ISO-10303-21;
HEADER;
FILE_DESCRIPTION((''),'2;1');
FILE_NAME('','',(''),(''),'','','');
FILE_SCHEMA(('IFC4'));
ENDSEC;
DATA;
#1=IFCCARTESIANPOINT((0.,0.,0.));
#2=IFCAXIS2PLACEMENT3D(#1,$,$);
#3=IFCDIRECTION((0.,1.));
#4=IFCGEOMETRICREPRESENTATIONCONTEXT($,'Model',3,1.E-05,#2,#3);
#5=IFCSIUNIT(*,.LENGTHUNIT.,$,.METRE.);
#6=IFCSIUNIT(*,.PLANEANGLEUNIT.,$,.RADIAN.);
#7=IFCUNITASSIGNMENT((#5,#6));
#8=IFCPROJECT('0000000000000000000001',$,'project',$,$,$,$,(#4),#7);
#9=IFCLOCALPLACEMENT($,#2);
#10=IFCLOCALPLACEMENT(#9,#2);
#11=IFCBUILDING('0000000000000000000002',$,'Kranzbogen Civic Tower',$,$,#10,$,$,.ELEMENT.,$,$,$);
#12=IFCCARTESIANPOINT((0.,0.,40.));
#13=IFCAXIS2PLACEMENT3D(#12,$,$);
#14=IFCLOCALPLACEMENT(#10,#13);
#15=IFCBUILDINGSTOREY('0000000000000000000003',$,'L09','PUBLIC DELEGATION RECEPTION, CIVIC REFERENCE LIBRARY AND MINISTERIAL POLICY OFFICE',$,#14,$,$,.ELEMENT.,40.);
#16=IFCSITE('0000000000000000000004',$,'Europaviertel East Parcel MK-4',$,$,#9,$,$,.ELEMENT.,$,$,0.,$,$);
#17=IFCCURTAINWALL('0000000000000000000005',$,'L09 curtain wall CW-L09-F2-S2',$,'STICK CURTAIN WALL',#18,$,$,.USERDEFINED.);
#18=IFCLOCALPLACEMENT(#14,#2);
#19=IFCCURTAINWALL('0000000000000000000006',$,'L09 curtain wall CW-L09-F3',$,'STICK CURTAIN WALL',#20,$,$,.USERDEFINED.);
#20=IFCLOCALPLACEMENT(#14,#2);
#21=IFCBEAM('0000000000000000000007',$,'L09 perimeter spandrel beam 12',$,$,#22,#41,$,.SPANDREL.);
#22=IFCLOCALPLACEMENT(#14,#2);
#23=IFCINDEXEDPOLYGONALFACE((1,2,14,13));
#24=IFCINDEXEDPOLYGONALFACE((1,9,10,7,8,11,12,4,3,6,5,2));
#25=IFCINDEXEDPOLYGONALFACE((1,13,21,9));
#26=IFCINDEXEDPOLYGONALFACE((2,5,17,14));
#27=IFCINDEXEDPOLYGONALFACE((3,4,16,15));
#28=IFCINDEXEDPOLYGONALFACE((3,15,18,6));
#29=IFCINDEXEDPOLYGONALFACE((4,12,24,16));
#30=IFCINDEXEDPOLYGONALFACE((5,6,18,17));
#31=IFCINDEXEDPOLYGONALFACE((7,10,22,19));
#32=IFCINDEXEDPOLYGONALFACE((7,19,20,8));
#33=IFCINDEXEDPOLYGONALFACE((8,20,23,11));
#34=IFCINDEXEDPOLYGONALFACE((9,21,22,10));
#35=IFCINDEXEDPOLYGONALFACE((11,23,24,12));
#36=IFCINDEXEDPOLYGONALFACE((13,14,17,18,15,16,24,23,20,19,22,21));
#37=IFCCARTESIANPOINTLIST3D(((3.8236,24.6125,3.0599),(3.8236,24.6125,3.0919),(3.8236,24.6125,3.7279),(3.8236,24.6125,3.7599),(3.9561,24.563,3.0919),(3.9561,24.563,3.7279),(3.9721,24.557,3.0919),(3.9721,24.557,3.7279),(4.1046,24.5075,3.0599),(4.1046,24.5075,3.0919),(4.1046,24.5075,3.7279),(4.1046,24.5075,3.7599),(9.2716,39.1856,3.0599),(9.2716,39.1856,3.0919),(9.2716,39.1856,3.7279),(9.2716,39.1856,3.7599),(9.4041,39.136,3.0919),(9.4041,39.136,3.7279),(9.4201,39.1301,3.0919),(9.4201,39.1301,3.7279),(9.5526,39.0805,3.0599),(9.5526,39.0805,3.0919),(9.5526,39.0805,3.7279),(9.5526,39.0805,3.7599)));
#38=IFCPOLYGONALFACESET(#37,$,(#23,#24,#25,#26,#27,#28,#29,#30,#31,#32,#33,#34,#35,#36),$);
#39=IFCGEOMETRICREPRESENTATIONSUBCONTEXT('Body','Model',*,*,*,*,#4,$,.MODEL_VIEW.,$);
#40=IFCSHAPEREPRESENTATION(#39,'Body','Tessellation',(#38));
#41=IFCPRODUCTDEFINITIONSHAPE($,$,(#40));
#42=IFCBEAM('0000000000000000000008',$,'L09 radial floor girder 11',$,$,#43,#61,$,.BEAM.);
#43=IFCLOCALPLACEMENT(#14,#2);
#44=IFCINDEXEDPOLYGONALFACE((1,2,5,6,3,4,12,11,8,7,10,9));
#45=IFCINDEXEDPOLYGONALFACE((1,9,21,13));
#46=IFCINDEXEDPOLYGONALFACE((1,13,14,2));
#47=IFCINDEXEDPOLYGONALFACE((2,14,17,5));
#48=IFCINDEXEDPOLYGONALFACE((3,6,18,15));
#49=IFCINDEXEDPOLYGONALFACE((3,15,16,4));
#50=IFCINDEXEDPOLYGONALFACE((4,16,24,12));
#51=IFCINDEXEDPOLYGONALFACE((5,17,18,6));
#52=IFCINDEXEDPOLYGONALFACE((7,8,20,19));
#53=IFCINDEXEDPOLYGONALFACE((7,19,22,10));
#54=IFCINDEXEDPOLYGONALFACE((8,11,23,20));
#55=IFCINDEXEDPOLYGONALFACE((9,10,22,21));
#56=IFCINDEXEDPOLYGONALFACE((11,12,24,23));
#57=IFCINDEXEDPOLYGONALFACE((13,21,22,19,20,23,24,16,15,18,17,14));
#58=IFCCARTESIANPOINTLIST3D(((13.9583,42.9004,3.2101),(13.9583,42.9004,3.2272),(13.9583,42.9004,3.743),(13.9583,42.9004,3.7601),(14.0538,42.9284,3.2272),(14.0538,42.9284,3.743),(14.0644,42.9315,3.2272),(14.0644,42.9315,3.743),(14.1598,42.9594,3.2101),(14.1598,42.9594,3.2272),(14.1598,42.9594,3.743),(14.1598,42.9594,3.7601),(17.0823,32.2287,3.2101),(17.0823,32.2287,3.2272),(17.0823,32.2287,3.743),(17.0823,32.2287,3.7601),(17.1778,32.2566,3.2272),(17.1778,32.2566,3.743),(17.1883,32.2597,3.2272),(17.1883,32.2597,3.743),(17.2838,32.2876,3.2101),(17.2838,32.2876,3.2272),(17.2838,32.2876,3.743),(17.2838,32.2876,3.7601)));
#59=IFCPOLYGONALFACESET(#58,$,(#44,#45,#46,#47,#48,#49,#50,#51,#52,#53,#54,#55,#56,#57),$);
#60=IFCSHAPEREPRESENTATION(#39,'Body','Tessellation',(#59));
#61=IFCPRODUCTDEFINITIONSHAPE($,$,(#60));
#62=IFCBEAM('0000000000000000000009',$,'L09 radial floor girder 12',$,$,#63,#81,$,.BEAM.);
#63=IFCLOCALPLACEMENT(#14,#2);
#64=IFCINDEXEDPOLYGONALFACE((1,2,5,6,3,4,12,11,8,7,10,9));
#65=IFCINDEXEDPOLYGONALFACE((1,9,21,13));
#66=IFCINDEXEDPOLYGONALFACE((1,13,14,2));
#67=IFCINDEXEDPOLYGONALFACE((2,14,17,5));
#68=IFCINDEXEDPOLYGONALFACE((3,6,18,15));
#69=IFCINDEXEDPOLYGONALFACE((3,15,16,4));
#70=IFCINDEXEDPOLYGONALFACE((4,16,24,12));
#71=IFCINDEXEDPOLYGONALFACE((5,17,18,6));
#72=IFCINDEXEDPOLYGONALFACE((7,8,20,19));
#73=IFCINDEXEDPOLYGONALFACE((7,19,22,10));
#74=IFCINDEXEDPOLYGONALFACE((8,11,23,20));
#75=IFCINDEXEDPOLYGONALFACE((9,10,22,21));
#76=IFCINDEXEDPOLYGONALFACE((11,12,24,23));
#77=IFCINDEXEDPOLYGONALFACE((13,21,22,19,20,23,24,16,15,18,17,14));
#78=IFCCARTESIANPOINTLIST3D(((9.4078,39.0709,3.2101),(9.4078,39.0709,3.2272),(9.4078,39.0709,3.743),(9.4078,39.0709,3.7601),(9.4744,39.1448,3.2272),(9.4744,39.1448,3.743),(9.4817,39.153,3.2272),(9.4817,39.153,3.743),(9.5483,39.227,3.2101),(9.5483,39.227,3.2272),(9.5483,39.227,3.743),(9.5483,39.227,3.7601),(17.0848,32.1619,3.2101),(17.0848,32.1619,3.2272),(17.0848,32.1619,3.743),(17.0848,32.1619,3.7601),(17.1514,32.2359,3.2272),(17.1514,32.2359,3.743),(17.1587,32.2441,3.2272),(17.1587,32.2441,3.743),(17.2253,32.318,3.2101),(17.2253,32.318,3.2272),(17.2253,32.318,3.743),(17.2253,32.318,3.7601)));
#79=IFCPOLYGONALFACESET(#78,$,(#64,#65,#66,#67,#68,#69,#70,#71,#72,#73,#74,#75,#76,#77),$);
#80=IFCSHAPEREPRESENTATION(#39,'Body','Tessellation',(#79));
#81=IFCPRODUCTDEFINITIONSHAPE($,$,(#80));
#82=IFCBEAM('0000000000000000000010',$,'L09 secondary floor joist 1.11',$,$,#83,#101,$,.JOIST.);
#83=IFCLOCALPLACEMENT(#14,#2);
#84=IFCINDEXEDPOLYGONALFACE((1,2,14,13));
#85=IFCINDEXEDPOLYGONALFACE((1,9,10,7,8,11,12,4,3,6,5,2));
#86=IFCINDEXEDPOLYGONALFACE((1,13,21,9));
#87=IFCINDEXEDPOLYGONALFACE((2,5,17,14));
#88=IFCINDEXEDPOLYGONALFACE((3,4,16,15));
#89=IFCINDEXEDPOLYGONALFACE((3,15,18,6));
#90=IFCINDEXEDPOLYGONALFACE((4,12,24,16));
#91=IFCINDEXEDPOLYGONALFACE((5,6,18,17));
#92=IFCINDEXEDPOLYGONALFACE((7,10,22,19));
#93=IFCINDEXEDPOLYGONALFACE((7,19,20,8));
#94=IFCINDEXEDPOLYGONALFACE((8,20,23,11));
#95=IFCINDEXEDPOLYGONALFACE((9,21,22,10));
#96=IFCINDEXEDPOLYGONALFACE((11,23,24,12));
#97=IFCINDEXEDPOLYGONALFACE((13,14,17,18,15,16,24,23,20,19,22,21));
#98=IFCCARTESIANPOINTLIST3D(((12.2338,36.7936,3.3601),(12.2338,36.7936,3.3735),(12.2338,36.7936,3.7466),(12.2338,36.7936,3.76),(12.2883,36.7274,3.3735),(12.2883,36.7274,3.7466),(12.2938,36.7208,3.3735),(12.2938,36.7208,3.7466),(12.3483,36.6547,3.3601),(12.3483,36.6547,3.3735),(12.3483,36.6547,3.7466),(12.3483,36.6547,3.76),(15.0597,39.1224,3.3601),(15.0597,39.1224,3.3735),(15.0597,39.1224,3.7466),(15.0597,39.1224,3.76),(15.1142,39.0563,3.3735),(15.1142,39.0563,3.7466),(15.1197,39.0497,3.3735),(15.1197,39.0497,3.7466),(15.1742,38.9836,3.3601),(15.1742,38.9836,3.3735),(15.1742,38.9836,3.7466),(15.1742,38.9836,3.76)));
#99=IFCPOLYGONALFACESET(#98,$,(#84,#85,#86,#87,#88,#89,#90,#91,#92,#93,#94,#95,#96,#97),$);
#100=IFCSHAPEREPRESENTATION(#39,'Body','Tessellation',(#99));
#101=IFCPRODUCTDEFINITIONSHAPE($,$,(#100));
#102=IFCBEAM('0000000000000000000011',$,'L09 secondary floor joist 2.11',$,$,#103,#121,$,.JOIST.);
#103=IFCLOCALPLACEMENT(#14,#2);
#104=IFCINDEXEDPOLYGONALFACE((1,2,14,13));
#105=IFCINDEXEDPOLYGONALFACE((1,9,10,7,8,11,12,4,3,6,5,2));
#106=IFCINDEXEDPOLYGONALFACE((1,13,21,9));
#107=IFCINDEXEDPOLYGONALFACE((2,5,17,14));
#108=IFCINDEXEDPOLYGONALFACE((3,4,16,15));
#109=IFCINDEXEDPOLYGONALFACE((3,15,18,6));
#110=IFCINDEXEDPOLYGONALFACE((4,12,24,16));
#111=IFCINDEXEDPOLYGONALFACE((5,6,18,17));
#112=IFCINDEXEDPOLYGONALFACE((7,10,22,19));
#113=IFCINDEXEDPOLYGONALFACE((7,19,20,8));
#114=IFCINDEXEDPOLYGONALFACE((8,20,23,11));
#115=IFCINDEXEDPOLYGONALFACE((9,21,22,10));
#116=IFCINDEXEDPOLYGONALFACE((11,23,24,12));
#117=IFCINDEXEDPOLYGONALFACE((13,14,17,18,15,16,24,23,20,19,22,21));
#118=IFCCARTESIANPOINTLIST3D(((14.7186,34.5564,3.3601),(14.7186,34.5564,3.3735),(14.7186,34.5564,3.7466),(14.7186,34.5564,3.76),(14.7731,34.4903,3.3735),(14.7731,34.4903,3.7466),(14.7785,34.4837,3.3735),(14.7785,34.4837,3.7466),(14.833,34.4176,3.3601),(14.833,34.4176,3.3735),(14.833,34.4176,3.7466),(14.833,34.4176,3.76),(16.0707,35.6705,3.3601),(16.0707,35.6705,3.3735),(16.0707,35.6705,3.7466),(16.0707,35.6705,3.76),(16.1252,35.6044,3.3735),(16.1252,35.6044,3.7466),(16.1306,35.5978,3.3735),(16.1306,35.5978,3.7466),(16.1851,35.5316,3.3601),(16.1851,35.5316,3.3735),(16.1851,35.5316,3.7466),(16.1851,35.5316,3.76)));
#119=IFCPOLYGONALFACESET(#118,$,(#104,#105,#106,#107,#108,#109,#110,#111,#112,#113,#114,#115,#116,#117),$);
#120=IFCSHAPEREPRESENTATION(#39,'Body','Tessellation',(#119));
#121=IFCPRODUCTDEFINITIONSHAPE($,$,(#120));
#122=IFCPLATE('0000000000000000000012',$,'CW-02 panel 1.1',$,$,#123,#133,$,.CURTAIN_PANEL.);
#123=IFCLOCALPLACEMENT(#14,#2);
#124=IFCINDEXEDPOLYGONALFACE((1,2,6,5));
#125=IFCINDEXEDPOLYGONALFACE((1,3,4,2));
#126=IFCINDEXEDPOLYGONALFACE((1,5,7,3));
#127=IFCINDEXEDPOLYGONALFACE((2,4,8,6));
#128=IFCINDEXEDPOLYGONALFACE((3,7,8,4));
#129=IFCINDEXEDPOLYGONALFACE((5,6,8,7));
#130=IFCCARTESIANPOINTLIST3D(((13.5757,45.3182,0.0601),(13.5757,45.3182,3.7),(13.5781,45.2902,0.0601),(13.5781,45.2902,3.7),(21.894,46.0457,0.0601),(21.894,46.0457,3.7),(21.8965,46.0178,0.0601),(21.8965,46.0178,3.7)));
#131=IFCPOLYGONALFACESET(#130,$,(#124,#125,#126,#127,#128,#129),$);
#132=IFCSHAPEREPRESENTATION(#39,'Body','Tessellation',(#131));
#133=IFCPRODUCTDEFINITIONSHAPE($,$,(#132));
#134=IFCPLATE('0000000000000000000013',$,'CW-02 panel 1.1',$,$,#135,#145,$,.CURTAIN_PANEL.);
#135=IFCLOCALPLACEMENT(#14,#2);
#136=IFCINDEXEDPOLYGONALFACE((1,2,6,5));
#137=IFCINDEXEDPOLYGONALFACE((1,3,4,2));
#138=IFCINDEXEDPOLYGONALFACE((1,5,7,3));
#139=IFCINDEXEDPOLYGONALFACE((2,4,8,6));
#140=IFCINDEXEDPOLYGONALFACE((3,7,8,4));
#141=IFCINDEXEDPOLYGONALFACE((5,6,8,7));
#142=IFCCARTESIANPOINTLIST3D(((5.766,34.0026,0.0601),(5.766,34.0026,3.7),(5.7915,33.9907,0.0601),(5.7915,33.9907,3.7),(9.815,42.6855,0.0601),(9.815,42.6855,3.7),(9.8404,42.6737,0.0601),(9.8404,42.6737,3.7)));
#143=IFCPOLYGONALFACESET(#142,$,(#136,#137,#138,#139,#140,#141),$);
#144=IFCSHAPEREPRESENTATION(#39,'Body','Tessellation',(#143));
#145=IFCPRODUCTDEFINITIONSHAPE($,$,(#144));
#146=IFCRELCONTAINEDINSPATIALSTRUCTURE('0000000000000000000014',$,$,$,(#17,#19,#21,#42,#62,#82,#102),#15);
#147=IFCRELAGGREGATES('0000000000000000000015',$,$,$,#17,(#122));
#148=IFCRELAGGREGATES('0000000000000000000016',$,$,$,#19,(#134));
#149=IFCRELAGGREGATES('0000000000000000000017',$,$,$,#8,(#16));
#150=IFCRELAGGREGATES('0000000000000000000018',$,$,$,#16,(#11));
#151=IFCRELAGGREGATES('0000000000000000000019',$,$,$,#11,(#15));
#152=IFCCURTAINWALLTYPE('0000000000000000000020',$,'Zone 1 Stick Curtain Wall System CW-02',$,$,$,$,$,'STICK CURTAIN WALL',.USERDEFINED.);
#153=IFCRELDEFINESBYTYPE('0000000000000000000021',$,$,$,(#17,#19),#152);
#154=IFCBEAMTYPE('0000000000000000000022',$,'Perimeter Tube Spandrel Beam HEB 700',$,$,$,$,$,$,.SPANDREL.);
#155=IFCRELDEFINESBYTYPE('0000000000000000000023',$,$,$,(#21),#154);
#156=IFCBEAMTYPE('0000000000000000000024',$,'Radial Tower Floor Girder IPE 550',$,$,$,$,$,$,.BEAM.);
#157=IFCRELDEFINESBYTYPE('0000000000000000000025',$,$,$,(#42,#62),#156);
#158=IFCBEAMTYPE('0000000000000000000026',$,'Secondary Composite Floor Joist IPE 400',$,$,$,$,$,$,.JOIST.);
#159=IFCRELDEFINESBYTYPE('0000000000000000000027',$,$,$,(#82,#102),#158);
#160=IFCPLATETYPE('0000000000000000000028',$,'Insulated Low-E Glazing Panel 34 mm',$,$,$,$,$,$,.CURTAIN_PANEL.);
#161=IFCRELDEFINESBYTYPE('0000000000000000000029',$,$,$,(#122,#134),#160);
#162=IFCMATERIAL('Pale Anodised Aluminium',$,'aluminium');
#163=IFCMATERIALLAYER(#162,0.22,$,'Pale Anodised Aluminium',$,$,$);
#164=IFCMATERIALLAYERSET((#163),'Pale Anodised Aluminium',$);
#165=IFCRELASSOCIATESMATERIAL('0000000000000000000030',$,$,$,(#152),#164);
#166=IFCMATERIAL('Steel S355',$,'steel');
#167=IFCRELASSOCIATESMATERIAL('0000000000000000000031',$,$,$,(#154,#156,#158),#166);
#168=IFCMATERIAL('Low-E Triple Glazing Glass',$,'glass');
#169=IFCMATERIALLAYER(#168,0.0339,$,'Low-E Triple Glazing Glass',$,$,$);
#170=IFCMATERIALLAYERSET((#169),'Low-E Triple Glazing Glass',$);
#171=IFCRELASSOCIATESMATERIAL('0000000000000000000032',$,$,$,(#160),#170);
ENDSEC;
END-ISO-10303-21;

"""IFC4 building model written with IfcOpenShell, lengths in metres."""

from ifc_helpers import new_model, si_unit, direction, frame, origin, origin_2d, place, context, subcontext, project, spatial, rectangle, i_section, extrude, material, layer, layer_set, material_profile, profile_set, type_object, element, aggregate, save


model = new_model("IFC4")

# Units and contexts
model_context = context("Model", 3, precision=1e-05, world=origin(), true_north=direction((0.0, 1.0)))
body_context = subcontext(model_context, "Body", "Model", "MODEL_VIEW")
ifc_project = project(units=[si_unit("LENGTHUNIT", "METRE"), si_unit("PLANEANGLEUNIT", "RADIAN")], contexts=[model_context])

# Site, building, storey
site_placement = place(None, origin())
site = spatial("IfcSite", under=ifc_project, at=site_placement, Name="Europaviertel East Parcel MK-4", CompositionType="ELEMENT", RefElevation=0.0)
building_placement = place(site_placement, origin())
building = spatial("IfcBuilding", under=site, at=building_placement, Name="Kranzbogen Civic Tower", CompositionType="ELEMENT")
storey_placement = place(building_placement, frame((0.0, 0.0, 40.0)))
storey = spatial("IfcBuildingStorey", under=building, at=storey_placement, Name="L09", Description="PUBLIC DELEGATION RECEPTION, CIVIC REFERENCE LIBRARY AND MINISTERIAL POLICY OFFICE", CompositionType="ELEMENT", Elevation=40.0)

# Curtain walls
ifc_material_1 = material(Name="Pale Anodised Aluminium", Category="aluminium")
ifc_layer_1 = layer(ifc_material_1, 0.22, Name="Pale Anodised Aluminium")
ifc_layer_set_1 = layer_set([ifc_layer_1], Name="Pale Anodised Aluminium")
curtain_wall_type = type_object("IfcCurtainWallType", Name="Zone 1 Stick Curtain Wall System CW-02", ElementType="STICK CURTAIN WALL", PredefinedType="USERDEFINED", material=ifc_layer_set_1)
curtain_wall_1_placement = place(storey_placement, origin())
curtain_wall_1 = element("IfcCurtainWall", 1, at=curtain_wall_1_placement, inside=storey, type_object=curtain_wall_type, Name="L09 curtain wall CW-L09-F2-S2", ObjectType="STICK CURTAIN WALL", PredefinedType="USERDEFINED")
curtain_wall_2_placement = place(storey_placement, origin())
curtain_wall_2 = element("IfcCurtainWall", 2, at=curtain_wall_2_placement, inside=storey, type_object=curtain_wall_type, Name="L09 curtain wall CW-L09-F3", ObjectType="STICK CURTAIN WALL", PredefinedType="USERDEFINED")

# Beams
ifc_material_2 = material(Name="Steel S355", Category="steel")
ifc_material_profile_1 = material_profile(ifc_material_2, i_section(OverallWidth=0.3, OverallDepth=0.7, WebThickness=0.0171, FlangeThickness=0.032, at=origin_2d()), Name="HEB 700")
ifc_profile_set_1 = profile_set([ifc_material_profile_1], Name="Steel S355")
beam_type_1 = type_object("IfcBeamType", Name="Perimeter Tube Spandrel Beam HEB 700", PredefinedType="SPANDREL", material=ifc_profile_set_1)
beam_1_placement = place(storey_placement, frame((9.4121, 39.1331, 3.4099), z_axis=(-0.350172, -0.936685, 0.0), x_axis=(0.936685, -0.350172, 0.0)))
element("IfcBeam", 3, at=beam_1_placement, inside=storey, type_object=beam_type_1, Name="L09 perimeter spandrel beam 12", PredefinedType="SPANDREL", context=body_context, shape_type="SweptSolid", body=[
    extrude(i_section(OverallWidth=0.3, OverallDepth=0.7, WebThickness=0.0171, FlangeThickness=0.032, at=origin_2d()), origin(), (0.0, 0.0, 1.0), 15.5581),
])
ifc_material_profile_2 = material_profile(ifc_material_2, i_section(OverallWidth=0.21, OverallDepth=0.55, WebThickness=0.011, FlangeThickness=0.0171, at=origin_2d()), Name="IPE 550")
ifc_profile_set_2 = profile_set([ifc_material_profile_2], Name="Steel S355")
beam_type_2 = type_object("IfcBeamType", Name="Radial Tower Floor Girder IPE 550", PredefinedType="BEAM", material=ifc_profile_set_2)
beam_2_placement = place(storey_placement, frame((14.0591, 42.9299, 3.4851), z_axis=(0.280944, -0.959724, 0.0), x_axis=(0.959724, 0.280944, 0.0)))
element("IfcBeam", 4, at=beam_2_placement, inside=storey, type_object=beam_type_2, Name="L09 radial floor girder 11", PredefinedType="BEAM", context=body_context, shape_type="SweptSolid", body=[
    extrude(i_section(OverallWidth=0.21, OverallDepth=0.55, WebThickness=0.011, FlangeThickness=0.0171, at=origin_2d()), origin(), (0.0, 0.0, 1.0), 11.1196),
])
beam_3_placement = place(storey_placement, frame((9.478, 39.1489, 3.4851), z_axis=(0.743312, -0.668945, 0.0), x_axis=(0.668945, 0.743312, 0.0)))
element("IfcBeam", 5, at=beam_3_placement, inside=storey, type_object=beam_type_2, Name="L09 radial floor girder 12", PredefinedType="BEAM", context=body_context, shape_type="SweptSolid", body=[
    extrude(i_section(OverallWidth=0.21, OverallDepth=0.55, WebThickness=0.011, FlangeThickness=0.0171, at=origin_2d()), origin(), (0.0, 0.0, 1.0), 10.3281),
])
ifc_material_profile_3 = material_profile(ifc_material_2, i_section(OverallWidth=0.1799, OverallDepth=0.3999, WebThickness=0.0085, FlangeThickness=0.0134, at=origin_2d()), Name="IPE 400")
ifc_profile_set_3 = profile_set([ifc_material_profile_3], Name="Steel S355")
beam_type_3 = type_object("IfcBeamType", Name="Secondary Composite Floor Joist IPE 400", PredefinedType="JOIST", material=ifc_profile_set_3)
beam_4_placement = place(storey_placement, frame((15.1169, 39.053, 3.5601), z_axis=(-0.771713, -0.635971, 0.0), x_axis=(0.635971, -0.771713, 0.0)))
element("IfcBeam", 6, at=beam_4_placement, inside=storey, type_object=beam_type_3, Name="L09 secondary floor joist 1.11", PredefinedType="JOIST", context=body_context, shape_type="SweptSolid", body=[
    extrude(i_section(OverallWidth=0.1799, OverallDepth=0.3999, WebThickness=0.0085, FlangeThickness=0.0134, at=origin_2d()), origin(), (0.0, 0.0, 1.0), 3.6619),
])
beam_5_placement = place(storey_placement, frame((16.1279, 35.6011, 3.5601), z_axis=(-0.771773, -0.635898, 0.0), x_axis=(0.635898, -0.771773, 0.0)))
element("IfcBeam", 7, at=beam_5_placement, inside=storey, type_object=beam_type_3, Name="L09 secondary floor joist 2.11", PredefinedType="JOIST", context=body_context, shape_type="SweptSolid", body=[
    extrude(i_section(OverallWidth=0.1799, OverallDepth=0.3999, WebThickness=0.0085, FlangeThickness=0.0134, at=origin_2d()), origin(), (0.0, 0.0, 1.0), 1.752),
])

# Plates
ifc_material_3 = material(Name="Low-E Triple Glazing Glass", Category="glass")
ifc_layer_2 = layer(ifc_material_3, 0.0339, Name="Low-E Triple Glazing Glass")
ifc_layer_set_2 = layer_set([ifc_layer_2], Name="Low-E Triple Glazing Glass")
plate_type = type_object("IfcPlateType", Name="Insulated Low-E Glazing Panel 34 mm", PredefinedType="CURTAIN_PANEL", material=ifc_layer_set_2)
plate_1_placement = place(storey_placement, frame((17.7361, 45.668, 0.0601), z_axis=(0.0, 0.0, 1.0), x_axis=(-0.996197, -0.087129, 0.0)))
plate_1 = element("IfcPlate", 8, at=plate_1_placement, type_object=plate_type, Name="CW-02 panel 1.1", PredefinedType="CURTAIN_PANEL", context=body_context, shape_type="SweptSolid", body=[
    extrude(rectangle(XDim=8.3501, YDim=0.0281, at=origin_2d()), origin(), (0.0, 0.0, 1.0), 3.6399),
])
aggregate(curtain_wall_1, [plate_1])
plate_2_placement = place(storey_placement, frame((7.8032, 38.3381, 0.0601), z_axis=(0.0, 0.0, 1.0), x_axis=(-0.422622, -0.906306, 0.0)))
plate_2 = element("IfcPlate", 9, at=plate_2_placement, type_object=plate_type, Name="CW-02 panel 1.1", PredefinedType="CURTAIN_PANEL", context=body_context, shape_type="SweptSolid", body=[
    extrude(rectangle(XDim=9.5806, YDim=0.0281, at=origin_2d()), origin(), (0.0, 0.0, 1.0), 3.6399),
])
aggregate(curtain_wall_2, [plate_2])

save(model, "model.ifc")
